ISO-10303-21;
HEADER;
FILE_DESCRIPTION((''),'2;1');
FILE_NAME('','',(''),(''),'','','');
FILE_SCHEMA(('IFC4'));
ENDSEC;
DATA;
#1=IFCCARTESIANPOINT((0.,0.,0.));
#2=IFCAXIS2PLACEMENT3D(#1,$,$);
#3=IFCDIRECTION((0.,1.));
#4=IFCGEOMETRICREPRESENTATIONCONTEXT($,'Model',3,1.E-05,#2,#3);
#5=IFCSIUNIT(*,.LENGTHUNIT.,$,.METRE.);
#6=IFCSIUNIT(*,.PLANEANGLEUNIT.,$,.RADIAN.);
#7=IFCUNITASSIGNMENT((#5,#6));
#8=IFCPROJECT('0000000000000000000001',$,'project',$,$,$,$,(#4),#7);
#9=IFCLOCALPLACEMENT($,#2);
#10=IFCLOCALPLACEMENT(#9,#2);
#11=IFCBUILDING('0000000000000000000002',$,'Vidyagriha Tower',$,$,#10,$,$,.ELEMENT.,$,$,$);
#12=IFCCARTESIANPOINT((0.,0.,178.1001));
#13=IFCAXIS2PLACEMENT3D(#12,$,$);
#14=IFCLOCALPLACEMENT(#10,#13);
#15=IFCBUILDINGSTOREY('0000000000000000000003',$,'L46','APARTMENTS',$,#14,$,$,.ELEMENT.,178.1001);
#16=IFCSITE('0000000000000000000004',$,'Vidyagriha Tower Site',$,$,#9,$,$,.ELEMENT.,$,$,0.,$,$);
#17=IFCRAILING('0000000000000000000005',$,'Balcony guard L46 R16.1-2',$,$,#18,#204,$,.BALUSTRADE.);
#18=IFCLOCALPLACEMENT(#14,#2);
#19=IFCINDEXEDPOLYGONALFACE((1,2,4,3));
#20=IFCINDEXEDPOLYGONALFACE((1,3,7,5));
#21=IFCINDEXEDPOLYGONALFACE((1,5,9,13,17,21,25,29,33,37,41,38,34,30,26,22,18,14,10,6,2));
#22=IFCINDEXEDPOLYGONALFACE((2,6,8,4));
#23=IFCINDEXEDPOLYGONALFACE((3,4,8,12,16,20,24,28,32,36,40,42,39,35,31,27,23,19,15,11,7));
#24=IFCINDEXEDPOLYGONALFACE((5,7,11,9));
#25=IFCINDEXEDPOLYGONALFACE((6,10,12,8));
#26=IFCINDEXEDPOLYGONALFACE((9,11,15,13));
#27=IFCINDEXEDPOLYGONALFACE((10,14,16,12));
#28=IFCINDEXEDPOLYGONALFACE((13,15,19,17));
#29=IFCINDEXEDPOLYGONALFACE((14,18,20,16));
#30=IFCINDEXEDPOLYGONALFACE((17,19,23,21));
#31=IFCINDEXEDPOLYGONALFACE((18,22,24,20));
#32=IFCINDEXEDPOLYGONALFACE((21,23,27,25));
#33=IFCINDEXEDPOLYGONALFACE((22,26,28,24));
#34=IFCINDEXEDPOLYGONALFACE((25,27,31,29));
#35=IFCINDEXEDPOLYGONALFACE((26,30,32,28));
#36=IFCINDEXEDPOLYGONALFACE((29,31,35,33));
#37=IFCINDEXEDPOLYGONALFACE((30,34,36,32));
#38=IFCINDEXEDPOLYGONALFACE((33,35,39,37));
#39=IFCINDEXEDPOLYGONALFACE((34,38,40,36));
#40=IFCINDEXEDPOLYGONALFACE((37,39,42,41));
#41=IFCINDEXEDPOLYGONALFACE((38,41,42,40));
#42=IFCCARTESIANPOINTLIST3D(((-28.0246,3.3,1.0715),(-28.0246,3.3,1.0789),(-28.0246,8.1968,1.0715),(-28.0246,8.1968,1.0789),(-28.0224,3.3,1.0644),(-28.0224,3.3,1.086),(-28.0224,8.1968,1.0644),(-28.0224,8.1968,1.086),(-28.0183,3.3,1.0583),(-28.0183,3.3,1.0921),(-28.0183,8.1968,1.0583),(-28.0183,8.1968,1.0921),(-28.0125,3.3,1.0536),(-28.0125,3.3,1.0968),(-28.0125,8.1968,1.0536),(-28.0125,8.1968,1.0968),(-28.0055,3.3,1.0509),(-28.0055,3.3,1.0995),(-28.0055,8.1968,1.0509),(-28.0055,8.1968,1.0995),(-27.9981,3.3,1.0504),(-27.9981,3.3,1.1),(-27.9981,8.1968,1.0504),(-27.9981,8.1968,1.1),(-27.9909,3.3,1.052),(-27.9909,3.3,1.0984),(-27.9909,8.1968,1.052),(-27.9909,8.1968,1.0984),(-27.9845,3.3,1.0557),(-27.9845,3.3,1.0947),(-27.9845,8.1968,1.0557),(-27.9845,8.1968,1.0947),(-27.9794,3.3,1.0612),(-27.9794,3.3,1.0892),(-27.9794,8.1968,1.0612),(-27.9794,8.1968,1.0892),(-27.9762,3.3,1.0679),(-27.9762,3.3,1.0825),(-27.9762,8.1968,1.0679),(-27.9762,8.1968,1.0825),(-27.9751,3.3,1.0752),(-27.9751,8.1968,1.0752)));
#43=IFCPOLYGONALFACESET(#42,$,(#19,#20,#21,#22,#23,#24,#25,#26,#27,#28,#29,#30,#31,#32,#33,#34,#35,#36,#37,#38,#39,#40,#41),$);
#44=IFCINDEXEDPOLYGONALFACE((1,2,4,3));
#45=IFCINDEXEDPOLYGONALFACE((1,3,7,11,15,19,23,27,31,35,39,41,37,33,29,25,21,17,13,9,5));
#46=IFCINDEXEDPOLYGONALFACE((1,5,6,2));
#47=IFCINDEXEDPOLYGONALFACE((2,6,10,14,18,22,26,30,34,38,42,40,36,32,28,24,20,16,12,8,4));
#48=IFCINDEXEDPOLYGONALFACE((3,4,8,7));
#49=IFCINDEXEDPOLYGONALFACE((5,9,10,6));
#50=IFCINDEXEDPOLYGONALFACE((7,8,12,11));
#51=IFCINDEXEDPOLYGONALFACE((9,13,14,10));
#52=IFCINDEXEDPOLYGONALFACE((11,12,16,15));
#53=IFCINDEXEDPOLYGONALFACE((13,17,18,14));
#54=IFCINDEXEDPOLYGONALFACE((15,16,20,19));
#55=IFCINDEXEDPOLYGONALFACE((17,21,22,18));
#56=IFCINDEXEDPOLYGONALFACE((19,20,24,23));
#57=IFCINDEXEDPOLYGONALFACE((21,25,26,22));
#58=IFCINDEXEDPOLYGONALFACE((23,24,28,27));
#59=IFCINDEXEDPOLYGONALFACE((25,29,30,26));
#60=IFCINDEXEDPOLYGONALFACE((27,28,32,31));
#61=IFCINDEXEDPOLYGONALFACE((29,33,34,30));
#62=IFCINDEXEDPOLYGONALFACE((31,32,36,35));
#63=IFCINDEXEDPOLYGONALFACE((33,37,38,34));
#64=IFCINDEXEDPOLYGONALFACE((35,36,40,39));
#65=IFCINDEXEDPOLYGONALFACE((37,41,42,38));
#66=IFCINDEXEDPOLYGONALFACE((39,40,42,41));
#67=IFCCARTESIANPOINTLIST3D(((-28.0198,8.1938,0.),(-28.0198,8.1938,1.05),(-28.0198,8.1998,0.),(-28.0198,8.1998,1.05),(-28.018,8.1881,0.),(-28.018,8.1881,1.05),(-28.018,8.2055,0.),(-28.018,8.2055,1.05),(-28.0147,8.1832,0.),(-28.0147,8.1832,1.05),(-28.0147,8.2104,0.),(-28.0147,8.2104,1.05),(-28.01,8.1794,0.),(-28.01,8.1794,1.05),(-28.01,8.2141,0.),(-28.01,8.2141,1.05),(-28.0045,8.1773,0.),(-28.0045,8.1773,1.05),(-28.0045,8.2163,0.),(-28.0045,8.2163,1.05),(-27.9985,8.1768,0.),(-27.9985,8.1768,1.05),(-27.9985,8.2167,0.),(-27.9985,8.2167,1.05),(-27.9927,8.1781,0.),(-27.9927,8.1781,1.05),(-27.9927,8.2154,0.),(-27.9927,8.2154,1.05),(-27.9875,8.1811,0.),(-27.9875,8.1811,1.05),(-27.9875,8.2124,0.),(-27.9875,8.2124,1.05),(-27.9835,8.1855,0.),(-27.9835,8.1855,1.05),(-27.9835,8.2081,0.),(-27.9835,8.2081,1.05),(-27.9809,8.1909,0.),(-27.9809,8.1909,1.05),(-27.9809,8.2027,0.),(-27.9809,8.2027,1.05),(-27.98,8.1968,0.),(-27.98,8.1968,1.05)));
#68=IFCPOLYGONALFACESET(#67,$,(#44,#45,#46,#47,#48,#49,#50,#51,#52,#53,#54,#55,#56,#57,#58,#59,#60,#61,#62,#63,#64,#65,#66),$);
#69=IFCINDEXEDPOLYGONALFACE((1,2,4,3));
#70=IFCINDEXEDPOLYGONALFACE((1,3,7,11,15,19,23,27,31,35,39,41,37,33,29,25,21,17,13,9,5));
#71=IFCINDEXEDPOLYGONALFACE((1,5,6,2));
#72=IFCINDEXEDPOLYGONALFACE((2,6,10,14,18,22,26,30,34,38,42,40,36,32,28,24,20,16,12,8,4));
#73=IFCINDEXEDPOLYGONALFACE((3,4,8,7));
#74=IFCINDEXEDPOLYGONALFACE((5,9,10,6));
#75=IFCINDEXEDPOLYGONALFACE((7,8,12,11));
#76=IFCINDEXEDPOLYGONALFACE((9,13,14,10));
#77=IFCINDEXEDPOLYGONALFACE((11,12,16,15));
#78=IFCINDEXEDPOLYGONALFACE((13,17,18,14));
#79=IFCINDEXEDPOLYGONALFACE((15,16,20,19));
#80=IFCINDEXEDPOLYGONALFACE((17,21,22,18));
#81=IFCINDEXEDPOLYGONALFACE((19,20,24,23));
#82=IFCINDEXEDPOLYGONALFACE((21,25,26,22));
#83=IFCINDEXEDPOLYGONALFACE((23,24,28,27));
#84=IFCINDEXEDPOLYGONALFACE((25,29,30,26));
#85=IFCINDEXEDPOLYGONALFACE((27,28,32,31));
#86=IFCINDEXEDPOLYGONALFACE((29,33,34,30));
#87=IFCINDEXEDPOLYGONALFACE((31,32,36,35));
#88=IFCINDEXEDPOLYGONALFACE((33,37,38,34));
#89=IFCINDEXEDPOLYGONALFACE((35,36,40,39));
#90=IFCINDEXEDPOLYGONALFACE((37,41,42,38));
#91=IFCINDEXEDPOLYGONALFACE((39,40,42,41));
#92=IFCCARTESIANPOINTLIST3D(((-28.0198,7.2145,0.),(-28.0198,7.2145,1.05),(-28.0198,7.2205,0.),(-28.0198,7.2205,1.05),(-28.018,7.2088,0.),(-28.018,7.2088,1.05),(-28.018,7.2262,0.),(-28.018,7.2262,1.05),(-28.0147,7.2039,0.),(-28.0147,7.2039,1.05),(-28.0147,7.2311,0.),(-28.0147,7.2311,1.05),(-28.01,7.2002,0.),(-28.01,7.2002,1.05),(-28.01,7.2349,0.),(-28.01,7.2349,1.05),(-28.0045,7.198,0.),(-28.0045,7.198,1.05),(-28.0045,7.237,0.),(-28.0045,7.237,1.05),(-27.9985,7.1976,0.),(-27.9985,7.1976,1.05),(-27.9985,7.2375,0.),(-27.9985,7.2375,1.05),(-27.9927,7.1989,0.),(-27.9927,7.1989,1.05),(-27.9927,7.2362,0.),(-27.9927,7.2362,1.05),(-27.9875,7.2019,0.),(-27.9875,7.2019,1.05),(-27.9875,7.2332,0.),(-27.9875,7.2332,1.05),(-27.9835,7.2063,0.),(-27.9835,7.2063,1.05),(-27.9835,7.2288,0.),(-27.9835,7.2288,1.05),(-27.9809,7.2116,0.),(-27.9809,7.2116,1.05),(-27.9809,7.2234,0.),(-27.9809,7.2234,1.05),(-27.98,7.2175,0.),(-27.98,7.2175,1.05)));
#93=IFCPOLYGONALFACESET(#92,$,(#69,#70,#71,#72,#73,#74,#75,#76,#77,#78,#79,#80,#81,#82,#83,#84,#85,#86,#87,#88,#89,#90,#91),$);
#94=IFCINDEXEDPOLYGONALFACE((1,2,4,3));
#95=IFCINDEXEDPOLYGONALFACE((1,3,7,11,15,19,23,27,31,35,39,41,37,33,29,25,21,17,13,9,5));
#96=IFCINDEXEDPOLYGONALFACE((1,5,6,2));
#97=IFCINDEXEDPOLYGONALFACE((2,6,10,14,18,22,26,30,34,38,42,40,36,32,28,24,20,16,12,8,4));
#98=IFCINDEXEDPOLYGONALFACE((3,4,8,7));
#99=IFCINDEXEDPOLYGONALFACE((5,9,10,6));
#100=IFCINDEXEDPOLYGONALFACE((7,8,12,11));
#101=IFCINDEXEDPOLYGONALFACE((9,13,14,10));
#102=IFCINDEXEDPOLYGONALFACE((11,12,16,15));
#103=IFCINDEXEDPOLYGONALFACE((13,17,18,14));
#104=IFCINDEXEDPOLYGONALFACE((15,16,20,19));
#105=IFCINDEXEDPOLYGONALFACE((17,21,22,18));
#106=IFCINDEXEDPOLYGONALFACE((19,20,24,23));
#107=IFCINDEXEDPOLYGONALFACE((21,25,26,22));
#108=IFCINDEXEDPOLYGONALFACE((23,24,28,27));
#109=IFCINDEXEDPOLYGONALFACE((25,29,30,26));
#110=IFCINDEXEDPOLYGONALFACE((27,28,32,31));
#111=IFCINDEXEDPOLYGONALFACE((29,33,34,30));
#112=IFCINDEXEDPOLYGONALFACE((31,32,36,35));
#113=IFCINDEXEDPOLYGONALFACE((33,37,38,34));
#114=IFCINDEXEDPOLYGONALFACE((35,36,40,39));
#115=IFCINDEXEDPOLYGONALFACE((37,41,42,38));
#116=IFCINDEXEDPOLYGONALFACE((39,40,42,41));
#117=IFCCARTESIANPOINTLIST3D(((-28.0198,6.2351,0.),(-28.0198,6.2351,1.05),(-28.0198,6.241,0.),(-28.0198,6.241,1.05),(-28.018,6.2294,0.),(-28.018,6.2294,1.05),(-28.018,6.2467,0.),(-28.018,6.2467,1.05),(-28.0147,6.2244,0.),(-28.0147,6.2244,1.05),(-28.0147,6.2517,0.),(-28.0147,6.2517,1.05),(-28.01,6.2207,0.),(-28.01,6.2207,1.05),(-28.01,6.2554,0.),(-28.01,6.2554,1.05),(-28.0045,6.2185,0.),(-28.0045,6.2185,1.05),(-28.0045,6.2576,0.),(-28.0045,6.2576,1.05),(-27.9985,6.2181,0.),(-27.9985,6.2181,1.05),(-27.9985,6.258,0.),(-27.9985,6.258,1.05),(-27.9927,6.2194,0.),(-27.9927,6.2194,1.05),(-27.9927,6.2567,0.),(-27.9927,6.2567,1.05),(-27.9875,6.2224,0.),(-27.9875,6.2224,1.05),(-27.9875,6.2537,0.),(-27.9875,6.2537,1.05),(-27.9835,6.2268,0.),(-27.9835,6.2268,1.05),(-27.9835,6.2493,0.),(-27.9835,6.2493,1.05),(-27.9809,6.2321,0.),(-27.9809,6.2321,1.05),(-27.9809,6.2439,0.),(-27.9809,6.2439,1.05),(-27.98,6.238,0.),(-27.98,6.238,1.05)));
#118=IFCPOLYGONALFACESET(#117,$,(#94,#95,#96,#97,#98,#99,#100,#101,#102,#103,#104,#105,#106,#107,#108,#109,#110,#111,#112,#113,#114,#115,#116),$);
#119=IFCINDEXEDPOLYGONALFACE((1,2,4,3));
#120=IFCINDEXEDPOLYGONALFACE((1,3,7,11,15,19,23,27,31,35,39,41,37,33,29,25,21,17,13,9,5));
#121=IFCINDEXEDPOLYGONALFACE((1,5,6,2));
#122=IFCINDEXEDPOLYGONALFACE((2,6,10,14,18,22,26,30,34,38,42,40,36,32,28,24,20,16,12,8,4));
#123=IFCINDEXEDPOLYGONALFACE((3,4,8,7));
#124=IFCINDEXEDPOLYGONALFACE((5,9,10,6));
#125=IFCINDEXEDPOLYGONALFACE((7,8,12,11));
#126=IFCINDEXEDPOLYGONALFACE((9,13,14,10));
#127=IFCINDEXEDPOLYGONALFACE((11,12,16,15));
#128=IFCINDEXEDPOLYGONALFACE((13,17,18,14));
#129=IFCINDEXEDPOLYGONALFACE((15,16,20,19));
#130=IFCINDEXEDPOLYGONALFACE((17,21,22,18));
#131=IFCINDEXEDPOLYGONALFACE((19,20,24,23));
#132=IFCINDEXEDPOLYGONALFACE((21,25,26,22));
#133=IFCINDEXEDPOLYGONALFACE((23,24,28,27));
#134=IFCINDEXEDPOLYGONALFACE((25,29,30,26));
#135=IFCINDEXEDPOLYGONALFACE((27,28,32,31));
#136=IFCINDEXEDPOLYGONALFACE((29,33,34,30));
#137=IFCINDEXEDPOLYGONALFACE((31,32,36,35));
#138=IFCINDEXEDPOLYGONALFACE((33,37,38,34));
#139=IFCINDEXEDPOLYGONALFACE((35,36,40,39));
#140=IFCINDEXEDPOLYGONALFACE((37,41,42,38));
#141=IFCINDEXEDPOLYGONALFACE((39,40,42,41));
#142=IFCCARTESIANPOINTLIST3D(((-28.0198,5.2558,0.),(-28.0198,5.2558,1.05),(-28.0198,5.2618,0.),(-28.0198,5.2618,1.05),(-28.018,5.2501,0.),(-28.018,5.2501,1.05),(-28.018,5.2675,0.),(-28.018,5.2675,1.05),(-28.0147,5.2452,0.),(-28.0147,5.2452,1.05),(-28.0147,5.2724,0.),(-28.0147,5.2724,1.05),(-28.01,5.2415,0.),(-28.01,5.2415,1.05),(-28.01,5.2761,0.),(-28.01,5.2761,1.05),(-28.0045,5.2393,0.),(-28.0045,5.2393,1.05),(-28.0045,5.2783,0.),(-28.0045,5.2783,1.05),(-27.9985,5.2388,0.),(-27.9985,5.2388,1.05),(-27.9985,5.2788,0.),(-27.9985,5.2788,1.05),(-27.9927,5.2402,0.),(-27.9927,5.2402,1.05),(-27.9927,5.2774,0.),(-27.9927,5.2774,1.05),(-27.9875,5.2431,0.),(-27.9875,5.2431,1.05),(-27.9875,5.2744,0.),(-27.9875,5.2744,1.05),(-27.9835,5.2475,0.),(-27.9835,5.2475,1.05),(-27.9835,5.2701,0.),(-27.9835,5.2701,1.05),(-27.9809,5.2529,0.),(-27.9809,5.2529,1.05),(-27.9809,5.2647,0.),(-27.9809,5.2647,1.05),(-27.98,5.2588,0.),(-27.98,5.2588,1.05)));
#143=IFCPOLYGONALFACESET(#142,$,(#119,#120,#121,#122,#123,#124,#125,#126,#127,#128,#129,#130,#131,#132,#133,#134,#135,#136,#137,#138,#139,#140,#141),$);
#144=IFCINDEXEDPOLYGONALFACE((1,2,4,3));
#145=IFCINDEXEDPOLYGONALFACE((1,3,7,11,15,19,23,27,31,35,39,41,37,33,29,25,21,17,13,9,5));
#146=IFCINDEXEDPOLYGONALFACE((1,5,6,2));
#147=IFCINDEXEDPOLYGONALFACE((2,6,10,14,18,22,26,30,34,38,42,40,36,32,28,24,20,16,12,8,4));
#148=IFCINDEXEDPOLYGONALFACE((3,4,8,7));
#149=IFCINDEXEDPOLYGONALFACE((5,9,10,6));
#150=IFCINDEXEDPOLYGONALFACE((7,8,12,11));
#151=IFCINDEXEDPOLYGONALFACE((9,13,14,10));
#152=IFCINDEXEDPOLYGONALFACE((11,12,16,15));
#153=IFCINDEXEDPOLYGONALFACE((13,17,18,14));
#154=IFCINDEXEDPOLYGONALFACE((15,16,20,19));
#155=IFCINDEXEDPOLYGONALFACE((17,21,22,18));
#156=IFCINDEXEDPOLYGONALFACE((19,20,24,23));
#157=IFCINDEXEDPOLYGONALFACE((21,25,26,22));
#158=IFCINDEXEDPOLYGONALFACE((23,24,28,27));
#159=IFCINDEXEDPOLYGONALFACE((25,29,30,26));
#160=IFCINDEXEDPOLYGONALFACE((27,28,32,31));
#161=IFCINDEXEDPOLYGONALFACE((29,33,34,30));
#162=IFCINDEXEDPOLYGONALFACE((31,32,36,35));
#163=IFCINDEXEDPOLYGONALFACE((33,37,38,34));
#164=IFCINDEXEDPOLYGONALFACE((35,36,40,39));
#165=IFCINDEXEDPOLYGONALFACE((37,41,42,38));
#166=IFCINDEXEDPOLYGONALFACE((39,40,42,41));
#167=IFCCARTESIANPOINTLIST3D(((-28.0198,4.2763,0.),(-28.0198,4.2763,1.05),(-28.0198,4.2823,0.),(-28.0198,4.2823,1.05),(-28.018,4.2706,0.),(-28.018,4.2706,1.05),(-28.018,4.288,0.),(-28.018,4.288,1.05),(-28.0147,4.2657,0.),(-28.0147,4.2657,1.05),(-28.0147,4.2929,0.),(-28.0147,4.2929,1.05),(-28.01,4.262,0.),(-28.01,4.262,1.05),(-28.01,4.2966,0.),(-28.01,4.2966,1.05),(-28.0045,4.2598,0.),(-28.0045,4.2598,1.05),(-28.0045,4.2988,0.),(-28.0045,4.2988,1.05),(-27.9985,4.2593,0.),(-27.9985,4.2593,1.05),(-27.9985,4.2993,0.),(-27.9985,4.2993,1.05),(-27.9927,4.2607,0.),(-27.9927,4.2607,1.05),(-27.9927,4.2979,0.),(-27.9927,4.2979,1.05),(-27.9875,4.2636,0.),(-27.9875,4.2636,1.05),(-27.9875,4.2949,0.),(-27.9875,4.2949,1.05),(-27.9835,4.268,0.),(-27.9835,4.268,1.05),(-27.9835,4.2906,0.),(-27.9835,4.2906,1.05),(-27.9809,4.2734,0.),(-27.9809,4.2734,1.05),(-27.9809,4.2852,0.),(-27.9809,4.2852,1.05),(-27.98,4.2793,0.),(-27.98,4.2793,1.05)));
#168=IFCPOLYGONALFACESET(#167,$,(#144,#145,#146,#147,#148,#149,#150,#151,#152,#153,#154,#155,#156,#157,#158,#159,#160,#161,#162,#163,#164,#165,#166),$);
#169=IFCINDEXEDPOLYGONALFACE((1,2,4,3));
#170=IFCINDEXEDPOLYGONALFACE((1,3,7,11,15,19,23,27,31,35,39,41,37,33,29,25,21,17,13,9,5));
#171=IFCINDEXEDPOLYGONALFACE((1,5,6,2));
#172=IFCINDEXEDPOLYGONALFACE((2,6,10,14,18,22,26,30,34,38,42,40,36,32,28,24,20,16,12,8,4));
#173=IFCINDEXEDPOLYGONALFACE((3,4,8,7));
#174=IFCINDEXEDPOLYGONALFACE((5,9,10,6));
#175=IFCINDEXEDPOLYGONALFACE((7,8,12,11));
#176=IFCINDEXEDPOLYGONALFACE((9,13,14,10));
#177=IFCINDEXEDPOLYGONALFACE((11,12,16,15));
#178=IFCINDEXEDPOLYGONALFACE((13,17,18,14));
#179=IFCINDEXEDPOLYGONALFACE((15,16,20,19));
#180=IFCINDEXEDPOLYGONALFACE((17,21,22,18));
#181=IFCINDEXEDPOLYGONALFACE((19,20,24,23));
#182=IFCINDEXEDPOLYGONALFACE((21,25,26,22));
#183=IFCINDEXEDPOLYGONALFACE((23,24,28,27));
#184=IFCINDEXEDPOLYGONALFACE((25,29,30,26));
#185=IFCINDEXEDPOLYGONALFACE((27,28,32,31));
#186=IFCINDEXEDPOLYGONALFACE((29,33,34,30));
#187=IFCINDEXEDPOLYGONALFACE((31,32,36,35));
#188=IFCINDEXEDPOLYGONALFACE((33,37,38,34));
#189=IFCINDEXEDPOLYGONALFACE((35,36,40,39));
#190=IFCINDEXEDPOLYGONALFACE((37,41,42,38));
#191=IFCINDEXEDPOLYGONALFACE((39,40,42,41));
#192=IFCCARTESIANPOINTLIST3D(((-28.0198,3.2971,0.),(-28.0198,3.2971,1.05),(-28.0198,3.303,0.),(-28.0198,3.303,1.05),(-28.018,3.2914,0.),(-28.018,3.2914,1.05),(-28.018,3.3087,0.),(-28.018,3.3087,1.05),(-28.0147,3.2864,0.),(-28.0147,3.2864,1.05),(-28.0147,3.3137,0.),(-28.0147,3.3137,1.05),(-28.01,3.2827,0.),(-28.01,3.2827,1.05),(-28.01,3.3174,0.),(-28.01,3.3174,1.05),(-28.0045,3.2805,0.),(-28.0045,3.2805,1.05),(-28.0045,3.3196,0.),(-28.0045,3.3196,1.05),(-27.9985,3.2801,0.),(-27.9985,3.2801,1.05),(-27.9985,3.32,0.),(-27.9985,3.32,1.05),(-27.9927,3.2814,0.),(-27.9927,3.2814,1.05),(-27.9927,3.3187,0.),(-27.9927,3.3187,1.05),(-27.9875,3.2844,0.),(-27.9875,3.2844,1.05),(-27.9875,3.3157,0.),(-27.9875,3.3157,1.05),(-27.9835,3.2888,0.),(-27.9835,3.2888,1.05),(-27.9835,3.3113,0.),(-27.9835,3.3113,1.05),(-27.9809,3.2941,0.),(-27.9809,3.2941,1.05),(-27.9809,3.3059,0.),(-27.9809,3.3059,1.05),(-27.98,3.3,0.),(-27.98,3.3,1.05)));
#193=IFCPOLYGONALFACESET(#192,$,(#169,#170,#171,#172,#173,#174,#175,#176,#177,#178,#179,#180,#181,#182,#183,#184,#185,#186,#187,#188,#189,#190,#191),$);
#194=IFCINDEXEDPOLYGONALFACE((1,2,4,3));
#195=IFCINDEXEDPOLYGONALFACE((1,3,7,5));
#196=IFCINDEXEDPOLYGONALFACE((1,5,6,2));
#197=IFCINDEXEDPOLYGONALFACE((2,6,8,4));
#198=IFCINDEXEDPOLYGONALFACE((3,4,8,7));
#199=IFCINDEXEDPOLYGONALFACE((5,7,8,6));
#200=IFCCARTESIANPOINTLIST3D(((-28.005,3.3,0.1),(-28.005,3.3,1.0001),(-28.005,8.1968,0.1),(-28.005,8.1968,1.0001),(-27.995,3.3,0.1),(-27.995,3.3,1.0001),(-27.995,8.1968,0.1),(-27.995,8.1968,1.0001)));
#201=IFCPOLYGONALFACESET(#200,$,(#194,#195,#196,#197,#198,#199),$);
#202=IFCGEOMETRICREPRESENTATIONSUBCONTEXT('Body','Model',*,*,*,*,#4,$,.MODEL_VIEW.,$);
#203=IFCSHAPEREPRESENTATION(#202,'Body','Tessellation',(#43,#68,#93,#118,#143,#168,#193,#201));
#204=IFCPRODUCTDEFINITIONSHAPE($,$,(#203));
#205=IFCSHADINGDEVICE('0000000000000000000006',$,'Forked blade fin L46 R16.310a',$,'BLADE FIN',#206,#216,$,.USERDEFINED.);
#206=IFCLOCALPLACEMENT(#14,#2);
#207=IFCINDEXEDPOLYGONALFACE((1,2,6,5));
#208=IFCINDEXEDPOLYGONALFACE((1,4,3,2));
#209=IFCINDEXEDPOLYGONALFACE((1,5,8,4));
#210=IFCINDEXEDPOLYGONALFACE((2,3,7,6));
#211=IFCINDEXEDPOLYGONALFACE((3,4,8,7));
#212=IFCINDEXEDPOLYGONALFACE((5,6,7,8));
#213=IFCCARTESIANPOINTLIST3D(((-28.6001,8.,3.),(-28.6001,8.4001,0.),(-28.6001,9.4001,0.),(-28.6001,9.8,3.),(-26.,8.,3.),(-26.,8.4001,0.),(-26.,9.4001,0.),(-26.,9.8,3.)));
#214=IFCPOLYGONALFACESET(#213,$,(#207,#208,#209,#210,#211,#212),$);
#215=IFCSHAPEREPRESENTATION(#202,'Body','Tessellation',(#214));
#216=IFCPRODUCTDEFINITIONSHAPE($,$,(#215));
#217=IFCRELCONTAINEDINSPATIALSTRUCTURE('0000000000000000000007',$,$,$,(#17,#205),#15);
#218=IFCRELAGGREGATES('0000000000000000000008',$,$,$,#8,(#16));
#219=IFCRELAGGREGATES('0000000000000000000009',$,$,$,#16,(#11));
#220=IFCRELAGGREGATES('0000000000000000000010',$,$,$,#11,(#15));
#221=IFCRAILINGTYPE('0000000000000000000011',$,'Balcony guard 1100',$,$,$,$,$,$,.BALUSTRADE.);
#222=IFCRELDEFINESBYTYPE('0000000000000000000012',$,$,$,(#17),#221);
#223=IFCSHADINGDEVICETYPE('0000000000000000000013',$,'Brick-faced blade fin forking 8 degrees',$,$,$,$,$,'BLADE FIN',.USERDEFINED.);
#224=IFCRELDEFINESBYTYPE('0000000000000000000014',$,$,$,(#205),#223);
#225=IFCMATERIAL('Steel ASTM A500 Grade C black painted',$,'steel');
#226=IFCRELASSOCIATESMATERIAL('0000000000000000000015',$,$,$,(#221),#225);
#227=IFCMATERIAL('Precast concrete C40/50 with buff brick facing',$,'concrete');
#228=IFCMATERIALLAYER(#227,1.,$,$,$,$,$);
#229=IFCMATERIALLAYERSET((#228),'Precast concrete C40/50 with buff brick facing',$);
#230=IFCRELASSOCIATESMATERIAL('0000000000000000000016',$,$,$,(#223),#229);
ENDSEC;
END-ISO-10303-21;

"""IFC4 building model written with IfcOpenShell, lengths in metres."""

from ifc_helpers import new_model, si_unit, direction, frame, origin, origin_2d, place, context, subcontext, project, spatial, polyline, rectangle, circle, outline, extrude, material, layer, layer_set, type_object, element, save


model = new_model("IFC4")

# Units and contexts
model_context = context("Model", 3, precision=1e-05, world=origin(), true_north=direction((0.0, 1.0)))
body_context = subcontext(model_context, "Body", "Model", "MODEL_VIEW")
ifc_project = project(units=[si_unit("LENGTHUNIT", "METRE"), si_unit("PLANEANGLEUNIT", "RADIAN")], contexts=[model_context])

# Site, building, storey
site_placement = place(None, origin())
site = spatial("IfcSite", under=ifc_project, at=site_placement, Name="Vidyagriha Tower Site", CompositionType="ELEMENT", RefElevation=0.0)
building_placement = place(site_placement, origin())
building = spatial("IfcBuilding", under=site, at=building_placement, Name="Vidyagriha Tower", CompositionType="ELEMENT")
storey_placement = place(building_placement, frame((0.0, 0.0, 178.1001)))
storey = spatial("IfcBuildingStorey", under=building, at=storey_placement, Name="L46", Description="APARTMENTS", CompositionType="ELEMENT", Elevation=178.1001)

# Railing
ifc_material_1 = material(Name="Steel ASTM A500 Grade C black painted", Category="steel")
railing_type = type_object("IfcRailingType", Name="Balcony guard 1100", PredefinedType="BALUSTRADE", material=ifc_material_1)
railing_1_placement = place(storey_placement, frame((-28.0, 8.1968, 0.0)))
element("IfcRailing", 1, at=railing_1_placement, inside=storey, type_object=railing_type, Name="Balcony guard L46 R16.1-2", PredefinedType="BALUSTRADE", context=body_context, shape_type="SweptSolid", body=[
    extrude(circle(Radius=0.0249, at=origin_2d()), frame((0.0, 0.0, 1.0752), z_axis=(0.0, -1.0, 0.0), x_axis=(1.0, 0.0, 0.0)), (0.0, 0.0, 1.0), 4.8967),
    extrude(circle(Radius=0.02, at=origin_2d()), origin(), (0.0, 0.0, 1.0), 1.05),
    extrude(circle(Radius=0.02, at=origin_2d()), frame((0.0, -0.9792, 0.0)), (0.0, 0.0, 1.0), 1.05),
    extrude(circle(Radius=0.02, at=origin_2d()), frame((0.0, -1.9587, 0.0)), (0.0, 0.0, 1.0), 1.05),
    extrude(circle(Radius=0.02, at=origin_2d()), frame((0.0, -2.938, 0.0)), (0.0, 0.0, 1.0), 1.05),
    extrude(circle(Radius=0.02, at=origin_2d()), frame((0.0, -3.9175, 0.0)), (0.0, 0.0, 1.0), 1.05),
    extrude(circle(Radius=0.02, at=origin_2d()), frame((0.0, -4.8967, 0.0)), (0.0, 0.0, 1.0), 1.05),
    extrude(rectangle(XDim=0.01, YDim=0.9001, at=origin_2d()), frame((0.0, 0.0, 0.55), z_axis=(0.0, -1.0, 0.0), x_axis=(1.0, 0.0, 0.0)), (0.0, 0.0, 1.0), 4.8967),
])

# Shading device
ifc_material_2 = material(Name="Precast concrete C40/50 with buff brick facing", Category="concrete")
ifc_layer_1 = layer(ifc_material_2, 1.0)
ifc_layer_set_1 = layer_set([ifc_layer_1], Name="Precast concrete C40/50 with buff brick facing")
shading_device_type_1 = type_object("IfcShadingDeviceType", Name="Brick-faced blade fin forking 8 degrees", ElementType="BLADE FIN", PredefinedType="USERDEFINED", material=ifc_layer_set_1)
shading_device_1_placement = place(storey_placement, frame((-27.3, 9.8, 0.0), z_axis=(0.0, 0.0, 1.0), x_axis=(0.0, -1.0, 0.0)))
element("IfcShadingDevice", 2, at=shading_device_1_placement, inside=storey, type_object=shading_device_type_1, Name="Forked blade fin L46 R16.310a", ObjectType="BLADE FIN", PredefinedType="USERDEFINED", context=body_context, shape_type="SweptSolid", body=[
    extrude(outline(polyline([(0.3999, 0.0), (1.3999, 0.0), (1.8, 3.0), (0.0, 3.0), (0.3999, 0.0)])), frame((0.0, 1.3, 0.0), z_axis=(0.0, -1.0, 0.0), x_axis=(1.0, 0.0, 0.0)), (0.0, 0.0, 1.0), 2.6001),
])

save(model, "model.ifc")
